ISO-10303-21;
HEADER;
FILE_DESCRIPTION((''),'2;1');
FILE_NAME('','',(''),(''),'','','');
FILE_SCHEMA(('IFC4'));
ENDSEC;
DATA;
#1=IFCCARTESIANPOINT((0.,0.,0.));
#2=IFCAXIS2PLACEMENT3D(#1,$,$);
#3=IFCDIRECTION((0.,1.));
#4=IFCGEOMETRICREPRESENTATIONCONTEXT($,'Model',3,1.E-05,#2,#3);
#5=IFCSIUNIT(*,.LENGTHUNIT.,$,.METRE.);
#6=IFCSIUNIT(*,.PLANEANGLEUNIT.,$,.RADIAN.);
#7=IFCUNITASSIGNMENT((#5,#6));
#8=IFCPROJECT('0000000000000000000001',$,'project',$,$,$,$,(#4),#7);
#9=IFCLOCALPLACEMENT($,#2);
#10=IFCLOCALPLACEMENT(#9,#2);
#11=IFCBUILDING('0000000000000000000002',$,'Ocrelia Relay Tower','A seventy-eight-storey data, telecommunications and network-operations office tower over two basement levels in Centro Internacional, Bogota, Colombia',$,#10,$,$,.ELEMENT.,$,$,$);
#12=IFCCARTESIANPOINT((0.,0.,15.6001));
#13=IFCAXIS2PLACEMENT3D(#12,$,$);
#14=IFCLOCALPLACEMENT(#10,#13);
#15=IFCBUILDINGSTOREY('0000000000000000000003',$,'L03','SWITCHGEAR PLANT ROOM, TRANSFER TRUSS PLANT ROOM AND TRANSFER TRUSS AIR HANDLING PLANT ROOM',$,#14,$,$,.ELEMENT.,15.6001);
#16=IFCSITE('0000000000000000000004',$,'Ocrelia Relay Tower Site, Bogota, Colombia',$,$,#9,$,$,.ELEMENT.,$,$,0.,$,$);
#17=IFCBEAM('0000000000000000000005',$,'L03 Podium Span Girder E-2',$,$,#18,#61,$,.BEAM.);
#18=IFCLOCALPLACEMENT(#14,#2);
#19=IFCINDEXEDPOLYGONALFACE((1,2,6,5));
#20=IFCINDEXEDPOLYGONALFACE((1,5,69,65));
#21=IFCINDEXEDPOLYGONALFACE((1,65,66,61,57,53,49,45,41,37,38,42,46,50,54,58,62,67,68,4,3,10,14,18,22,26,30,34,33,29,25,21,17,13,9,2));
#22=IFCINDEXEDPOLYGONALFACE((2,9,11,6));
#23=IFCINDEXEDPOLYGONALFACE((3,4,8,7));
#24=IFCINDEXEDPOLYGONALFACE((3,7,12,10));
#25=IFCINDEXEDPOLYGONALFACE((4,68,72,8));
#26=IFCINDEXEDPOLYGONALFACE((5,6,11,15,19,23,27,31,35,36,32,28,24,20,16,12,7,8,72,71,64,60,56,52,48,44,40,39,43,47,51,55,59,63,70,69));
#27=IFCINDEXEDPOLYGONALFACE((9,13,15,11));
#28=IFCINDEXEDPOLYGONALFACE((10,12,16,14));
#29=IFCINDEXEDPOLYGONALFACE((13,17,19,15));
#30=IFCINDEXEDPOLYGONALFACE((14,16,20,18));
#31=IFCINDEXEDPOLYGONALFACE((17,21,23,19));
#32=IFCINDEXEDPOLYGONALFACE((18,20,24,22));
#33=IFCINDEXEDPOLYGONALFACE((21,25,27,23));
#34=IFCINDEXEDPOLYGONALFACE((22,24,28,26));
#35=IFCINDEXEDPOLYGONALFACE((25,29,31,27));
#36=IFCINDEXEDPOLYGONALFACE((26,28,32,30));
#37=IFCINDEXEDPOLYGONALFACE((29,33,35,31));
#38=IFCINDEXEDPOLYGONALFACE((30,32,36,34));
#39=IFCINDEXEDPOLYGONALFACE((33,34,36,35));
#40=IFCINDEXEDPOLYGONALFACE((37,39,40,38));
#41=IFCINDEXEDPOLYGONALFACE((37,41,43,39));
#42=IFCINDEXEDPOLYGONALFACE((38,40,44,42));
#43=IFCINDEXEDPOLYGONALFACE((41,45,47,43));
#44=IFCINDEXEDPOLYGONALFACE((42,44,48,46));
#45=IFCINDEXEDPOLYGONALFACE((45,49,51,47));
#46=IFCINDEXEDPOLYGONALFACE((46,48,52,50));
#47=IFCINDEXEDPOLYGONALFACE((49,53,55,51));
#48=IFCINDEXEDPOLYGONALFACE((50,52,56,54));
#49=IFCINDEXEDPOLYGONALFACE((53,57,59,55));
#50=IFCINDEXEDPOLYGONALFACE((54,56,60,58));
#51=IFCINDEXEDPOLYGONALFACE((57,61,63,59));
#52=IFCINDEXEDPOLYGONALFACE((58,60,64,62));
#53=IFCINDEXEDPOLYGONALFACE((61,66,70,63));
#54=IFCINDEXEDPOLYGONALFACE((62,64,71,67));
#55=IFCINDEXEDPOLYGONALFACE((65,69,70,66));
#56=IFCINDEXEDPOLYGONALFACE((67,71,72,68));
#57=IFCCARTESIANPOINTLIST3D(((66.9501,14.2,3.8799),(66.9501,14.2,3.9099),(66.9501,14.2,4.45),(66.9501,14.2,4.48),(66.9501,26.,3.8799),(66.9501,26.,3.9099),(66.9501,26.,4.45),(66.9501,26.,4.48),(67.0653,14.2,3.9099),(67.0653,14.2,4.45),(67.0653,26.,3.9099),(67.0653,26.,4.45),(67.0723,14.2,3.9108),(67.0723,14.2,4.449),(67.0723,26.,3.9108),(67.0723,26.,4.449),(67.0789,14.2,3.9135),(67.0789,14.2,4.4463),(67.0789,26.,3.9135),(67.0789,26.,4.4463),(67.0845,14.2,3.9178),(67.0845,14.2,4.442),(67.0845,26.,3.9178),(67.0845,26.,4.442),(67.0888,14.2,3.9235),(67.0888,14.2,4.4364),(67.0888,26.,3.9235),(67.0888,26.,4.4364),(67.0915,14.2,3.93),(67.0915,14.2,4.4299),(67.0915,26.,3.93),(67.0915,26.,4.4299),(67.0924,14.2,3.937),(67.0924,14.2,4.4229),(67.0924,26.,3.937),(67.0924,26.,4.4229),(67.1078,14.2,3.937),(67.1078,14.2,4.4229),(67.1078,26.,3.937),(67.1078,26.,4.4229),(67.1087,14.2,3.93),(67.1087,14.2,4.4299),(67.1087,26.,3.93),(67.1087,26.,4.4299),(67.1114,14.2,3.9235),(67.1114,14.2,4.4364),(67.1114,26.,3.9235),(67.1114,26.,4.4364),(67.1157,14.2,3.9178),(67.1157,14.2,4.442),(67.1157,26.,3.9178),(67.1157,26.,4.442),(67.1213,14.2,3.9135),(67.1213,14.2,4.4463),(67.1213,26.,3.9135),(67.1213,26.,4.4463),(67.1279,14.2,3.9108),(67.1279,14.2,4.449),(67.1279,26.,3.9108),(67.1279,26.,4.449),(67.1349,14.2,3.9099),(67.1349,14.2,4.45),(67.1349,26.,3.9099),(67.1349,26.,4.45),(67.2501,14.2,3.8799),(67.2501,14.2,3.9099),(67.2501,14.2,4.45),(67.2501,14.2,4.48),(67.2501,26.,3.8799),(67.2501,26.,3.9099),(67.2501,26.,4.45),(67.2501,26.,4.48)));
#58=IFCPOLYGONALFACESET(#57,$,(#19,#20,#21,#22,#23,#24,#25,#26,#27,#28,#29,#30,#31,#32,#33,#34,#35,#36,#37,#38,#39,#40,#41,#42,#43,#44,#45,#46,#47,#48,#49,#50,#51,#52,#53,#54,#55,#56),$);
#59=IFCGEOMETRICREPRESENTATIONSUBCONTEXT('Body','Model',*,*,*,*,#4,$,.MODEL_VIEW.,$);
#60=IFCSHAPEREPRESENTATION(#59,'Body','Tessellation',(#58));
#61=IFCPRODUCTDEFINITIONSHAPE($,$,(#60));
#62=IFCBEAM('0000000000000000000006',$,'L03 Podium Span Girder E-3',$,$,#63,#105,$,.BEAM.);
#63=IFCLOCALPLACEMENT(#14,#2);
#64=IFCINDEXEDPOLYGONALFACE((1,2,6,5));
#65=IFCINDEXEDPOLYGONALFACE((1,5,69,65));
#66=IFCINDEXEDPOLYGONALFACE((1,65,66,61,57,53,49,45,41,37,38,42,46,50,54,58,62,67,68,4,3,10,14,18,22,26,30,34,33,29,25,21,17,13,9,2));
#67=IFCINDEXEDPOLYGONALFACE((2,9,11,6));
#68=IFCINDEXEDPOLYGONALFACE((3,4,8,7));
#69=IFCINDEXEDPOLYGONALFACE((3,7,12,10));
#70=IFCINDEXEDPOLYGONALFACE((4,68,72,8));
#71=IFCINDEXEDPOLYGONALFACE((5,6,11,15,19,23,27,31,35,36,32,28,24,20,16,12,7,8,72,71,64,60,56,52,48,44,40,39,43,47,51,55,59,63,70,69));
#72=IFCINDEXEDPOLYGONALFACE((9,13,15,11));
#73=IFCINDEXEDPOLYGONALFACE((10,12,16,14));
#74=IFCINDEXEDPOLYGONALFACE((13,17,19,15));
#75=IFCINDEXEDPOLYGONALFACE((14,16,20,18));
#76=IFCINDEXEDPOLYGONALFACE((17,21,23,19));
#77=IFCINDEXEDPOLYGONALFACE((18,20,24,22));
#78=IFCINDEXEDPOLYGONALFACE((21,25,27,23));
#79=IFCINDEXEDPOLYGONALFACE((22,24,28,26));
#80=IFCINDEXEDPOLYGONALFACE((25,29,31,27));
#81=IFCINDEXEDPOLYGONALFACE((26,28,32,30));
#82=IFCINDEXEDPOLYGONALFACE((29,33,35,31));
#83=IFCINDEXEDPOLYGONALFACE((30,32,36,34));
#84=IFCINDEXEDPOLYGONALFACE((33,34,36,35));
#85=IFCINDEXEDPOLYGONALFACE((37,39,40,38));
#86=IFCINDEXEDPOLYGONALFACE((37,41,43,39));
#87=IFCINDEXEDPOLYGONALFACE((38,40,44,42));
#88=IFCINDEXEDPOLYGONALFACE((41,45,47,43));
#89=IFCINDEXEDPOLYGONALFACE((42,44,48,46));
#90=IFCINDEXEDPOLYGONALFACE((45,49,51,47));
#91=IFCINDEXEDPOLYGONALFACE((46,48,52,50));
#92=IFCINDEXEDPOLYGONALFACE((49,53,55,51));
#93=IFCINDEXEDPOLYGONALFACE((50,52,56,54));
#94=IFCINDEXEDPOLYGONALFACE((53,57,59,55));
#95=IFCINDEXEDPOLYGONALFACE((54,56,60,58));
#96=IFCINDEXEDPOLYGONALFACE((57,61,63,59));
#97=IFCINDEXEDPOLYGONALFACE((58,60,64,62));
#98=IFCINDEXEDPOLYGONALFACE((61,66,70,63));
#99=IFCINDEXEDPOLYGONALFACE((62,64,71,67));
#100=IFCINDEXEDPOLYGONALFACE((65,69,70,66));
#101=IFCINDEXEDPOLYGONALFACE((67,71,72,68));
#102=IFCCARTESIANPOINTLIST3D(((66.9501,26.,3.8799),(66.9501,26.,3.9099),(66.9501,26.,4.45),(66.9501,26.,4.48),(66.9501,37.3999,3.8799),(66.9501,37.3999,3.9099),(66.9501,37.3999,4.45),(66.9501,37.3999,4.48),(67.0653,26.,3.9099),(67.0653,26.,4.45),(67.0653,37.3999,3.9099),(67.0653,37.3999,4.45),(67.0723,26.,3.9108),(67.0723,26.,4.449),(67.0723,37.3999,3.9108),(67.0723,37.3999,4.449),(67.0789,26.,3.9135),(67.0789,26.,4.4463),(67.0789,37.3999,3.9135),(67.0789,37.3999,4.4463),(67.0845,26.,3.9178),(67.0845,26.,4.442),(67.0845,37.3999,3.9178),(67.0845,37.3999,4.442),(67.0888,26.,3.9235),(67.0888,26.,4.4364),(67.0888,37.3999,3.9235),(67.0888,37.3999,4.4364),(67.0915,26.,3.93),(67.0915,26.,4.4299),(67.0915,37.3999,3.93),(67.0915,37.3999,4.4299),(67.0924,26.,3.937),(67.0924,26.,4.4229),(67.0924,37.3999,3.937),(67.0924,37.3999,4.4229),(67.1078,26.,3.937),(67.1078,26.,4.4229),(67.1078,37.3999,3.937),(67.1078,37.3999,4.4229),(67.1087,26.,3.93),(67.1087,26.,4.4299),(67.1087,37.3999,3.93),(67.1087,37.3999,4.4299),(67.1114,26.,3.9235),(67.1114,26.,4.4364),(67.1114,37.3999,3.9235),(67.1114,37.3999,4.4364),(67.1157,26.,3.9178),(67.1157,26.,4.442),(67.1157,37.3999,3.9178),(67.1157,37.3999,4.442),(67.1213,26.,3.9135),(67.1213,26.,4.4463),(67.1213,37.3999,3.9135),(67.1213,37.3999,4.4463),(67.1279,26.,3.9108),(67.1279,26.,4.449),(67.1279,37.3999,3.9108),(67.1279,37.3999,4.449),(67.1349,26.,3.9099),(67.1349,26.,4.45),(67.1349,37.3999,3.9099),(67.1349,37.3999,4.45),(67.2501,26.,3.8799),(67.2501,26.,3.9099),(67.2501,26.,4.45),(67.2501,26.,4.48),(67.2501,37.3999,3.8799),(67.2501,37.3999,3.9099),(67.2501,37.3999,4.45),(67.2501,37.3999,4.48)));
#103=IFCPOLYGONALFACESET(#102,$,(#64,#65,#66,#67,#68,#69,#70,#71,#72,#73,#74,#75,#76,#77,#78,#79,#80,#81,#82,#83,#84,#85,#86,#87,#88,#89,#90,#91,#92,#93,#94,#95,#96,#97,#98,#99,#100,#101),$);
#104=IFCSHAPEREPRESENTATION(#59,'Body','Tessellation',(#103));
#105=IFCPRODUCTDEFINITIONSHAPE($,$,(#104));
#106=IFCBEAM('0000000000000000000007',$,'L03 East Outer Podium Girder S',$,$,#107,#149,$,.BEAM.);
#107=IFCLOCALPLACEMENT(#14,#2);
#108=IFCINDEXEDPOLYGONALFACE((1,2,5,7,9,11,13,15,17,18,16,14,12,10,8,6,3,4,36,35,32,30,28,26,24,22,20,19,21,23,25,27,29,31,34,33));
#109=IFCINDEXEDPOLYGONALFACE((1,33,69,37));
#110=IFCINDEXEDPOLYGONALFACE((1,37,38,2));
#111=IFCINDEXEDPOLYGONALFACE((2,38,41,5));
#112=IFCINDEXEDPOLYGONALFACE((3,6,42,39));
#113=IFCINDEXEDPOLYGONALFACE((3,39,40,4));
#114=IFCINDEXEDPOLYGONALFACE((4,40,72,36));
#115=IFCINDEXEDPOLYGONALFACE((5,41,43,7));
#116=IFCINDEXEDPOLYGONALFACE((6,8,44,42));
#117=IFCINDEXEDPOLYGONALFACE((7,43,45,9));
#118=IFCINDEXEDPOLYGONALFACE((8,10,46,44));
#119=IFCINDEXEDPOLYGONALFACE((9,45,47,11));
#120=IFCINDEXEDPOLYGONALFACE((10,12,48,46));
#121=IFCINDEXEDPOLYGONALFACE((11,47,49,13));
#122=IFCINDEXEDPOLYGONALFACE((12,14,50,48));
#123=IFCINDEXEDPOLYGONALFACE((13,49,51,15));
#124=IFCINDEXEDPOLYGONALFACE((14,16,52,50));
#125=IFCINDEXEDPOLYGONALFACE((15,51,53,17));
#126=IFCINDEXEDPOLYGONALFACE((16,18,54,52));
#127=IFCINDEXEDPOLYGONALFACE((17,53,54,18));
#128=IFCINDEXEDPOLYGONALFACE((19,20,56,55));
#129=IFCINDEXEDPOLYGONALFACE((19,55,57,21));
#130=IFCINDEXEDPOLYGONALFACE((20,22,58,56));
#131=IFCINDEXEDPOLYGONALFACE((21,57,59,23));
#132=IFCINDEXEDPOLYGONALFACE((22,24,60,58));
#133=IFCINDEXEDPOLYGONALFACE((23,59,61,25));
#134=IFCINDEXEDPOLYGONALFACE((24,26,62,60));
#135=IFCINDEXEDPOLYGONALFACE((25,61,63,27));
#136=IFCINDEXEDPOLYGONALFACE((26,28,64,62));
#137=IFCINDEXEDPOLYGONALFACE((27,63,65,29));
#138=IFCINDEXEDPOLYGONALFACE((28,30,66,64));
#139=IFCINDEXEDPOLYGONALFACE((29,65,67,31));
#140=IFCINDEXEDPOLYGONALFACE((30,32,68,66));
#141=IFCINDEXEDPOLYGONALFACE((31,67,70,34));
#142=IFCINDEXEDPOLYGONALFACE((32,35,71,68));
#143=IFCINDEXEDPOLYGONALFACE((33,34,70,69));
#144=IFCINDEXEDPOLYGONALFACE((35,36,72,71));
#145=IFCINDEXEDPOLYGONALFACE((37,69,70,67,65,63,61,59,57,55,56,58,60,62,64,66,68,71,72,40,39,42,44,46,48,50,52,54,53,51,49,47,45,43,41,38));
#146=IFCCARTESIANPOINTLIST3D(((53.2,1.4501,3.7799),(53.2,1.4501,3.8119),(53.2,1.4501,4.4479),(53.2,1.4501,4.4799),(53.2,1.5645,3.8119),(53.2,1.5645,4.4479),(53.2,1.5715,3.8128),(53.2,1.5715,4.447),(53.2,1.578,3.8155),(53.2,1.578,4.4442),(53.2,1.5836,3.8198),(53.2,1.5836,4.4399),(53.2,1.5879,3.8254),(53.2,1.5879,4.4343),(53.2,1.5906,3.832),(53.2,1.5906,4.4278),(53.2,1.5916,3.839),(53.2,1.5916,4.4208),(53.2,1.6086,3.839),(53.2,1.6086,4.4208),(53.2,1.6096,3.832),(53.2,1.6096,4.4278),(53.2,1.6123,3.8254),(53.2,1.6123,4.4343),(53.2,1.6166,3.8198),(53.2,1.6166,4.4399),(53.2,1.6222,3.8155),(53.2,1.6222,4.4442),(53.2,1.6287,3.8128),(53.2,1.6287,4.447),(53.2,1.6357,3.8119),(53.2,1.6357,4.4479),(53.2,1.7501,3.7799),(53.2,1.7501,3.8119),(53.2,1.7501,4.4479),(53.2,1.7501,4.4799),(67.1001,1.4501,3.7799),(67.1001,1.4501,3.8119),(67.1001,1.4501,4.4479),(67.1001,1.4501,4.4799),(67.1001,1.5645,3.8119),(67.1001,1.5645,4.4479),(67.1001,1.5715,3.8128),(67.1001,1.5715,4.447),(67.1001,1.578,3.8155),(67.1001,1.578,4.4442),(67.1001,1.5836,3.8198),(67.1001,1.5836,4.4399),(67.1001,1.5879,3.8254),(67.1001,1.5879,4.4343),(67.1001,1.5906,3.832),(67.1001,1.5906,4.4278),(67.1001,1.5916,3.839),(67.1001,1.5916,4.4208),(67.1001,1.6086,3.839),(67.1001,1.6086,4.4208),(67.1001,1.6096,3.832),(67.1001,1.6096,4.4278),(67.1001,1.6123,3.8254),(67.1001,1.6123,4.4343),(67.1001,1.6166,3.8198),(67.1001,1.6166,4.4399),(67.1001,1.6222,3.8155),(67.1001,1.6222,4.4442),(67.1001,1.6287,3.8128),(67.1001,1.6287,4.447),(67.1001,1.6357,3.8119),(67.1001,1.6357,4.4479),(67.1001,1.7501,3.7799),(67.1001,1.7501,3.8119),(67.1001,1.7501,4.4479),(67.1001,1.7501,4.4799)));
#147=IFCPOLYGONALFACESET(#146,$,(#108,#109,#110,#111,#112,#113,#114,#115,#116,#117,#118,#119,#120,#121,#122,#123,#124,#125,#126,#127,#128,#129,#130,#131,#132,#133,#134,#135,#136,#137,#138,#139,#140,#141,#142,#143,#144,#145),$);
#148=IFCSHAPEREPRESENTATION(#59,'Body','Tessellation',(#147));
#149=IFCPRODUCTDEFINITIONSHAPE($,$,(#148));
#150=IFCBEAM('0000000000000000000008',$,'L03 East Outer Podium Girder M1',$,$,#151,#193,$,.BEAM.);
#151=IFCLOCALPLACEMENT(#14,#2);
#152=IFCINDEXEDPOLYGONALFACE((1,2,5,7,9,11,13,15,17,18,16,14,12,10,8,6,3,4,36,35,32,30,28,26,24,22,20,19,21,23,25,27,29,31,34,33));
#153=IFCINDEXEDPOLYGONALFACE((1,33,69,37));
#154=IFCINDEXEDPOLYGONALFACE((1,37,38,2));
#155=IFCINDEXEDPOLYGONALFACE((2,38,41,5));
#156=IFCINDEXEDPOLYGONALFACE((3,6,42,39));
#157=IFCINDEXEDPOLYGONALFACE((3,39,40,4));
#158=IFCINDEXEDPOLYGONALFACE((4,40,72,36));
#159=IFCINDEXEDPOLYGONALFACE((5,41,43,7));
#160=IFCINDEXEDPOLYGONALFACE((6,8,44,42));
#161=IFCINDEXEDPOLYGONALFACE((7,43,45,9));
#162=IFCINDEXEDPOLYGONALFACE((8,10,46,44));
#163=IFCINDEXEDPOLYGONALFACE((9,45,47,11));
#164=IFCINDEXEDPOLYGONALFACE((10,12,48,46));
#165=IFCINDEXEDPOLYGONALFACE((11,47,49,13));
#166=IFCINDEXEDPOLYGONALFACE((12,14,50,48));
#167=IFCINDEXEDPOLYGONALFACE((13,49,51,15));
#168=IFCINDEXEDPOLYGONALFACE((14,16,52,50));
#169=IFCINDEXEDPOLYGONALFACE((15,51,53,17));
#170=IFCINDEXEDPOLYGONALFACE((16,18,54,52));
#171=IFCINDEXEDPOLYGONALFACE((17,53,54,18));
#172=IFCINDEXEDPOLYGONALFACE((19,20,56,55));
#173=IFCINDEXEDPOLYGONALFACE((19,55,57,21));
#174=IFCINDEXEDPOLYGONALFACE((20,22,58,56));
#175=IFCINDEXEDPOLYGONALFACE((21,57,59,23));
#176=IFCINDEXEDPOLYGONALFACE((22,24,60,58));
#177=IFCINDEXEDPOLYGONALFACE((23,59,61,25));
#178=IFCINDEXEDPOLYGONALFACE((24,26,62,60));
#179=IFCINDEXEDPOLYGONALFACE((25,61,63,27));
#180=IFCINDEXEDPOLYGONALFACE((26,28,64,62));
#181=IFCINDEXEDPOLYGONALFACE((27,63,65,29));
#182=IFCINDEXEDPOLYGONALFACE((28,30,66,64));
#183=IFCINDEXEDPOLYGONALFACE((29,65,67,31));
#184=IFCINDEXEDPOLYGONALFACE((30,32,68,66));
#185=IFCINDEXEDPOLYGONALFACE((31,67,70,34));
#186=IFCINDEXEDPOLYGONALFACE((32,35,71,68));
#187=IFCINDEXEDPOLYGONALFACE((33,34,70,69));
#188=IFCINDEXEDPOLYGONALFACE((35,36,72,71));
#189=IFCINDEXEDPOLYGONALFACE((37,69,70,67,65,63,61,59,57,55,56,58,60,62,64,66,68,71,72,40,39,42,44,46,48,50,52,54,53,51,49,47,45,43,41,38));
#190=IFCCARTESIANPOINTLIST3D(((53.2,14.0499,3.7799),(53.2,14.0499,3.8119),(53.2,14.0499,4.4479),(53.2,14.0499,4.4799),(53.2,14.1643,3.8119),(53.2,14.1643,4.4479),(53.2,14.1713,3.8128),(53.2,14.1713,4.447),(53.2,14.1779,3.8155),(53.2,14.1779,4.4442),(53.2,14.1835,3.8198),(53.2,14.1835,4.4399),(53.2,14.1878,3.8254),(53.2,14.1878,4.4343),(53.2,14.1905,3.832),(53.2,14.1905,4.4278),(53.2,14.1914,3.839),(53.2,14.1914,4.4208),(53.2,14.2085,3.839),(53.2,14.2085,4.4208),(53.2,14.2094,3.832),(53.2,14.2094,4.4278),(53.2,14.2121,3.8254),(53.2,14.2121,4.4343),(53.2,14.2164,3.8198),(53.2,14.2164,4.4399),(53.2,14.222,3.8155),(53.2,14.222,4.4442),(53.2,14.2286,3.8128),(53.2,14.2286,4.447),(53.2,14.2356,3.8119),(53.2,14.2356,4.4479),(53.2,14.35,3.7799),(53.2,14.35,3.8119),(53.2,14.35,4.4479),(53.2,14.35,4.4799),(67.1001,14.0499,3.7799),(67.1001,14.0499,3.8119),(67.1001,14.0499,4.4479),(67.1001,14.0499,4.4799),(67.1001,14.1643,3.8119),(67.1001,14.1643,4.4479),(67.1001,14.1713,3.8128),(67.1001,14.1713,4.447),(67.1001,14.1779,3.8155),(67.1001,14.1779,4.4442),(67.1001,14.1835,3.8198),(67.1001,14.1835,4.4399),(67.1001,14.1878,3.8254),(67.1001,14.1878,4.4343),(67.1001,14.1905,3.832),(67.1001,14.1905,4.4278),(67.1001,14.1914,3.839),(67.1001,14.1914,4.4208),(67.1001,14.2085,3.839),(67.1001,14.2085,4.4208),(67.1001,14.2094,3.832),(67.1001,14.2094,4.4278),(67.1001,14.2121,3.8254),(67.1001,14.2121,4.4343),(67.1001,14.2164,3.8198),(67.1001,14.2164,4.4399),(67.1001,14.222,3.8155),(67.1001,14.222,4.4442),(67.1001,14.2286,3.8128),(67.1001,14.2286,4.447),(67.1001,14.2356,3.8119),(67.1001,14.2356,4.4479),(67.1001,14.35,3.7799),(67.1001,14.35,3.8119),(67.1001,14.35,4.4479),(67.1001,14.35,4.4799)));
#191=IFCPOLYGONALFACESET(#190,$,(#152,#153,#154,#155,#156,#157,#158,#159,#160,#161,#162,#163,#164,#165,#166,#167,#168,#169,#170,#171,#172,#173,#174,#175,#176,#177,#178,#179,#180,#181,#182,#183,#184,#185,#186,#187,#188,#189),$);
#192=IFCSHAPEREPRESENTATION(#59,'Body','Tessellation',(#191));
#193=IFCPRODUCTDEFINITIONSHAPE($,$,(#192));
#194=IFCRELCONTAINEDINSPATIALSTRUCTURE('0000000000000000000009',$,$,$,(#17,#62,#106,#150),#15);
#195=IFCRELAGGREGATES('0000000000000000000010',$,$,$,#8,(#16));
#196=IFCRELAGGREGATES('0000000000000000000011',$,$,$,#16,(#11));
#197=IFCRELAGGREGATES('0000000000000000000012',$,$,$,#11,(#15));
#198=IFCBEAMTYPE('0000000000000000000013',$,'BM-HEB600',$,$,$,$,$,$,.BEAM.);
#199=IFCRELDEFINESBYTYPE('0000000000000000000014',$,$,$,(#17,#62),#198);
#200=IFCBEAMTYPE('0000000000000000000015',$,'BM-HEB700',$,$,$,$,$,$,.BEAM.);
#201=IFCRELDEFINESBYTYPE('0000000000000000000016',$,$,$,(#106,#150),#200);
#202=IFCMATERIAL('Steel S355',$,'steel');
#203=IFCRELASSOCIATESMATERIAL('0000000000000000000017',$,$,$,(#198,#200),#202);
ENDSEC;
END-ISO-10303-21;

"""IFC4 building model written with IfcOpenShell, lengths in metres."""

from ifc_helpers import new_model, si_unit, direction, frame, origin, origin_2d, place, context, subcontext, project, spatial, i_section, extrude, material, material_profile, profile_set, type_object, element, save


model = new_model("IFC4")

# Units and contexts
model_context = context("Model", 3, precision=1e-05, world=origin(), true_north=direction((0.0, 1.0)))
body_context = subcontext(model_context, "Body", "Model", "MODEL_VIEW")
ifc_project = project(units=[si_unit("LENGTHUNIT", "METRE"), si_unit("PLANEANGLEUNIT", "RADIAN")], contexts=[model_context])

# Site, building, storey
site_placement = place(None, origin())
site = spatial("IfcSite", under=ifc_project, at=site_placement, Name="Ocrelia Relay Tower Site, Bogota, Colombia", CompositionType="ELEMENT", RefElevation=0.0)
building_placement = place(site_placement, origin())
building = spatial("IfcBuilding", under=site, at=building_placement, Name="Ocrelia Relay Tower", Description="A seventy-eight-storey data, telecommunications and network-operations office tower over two basement levels in Centro Internacional, Bogota, Colombia", CompositionType="ELEMENT")
storey_placement = place(building_placement, frame((0.0, 0.0, 15.6001)))
storey = spatial("IfcBuildingStorey", under=building, at=storey_placement, Name="L03", Description="SWITCHGEAR PLANT ROOM, TRANSFER TRUSS PLANT ROOM AND TRANSFER TRUSS AIR HANDLING PLANT ROOM", CompositionType="ELEMENT", Elevation=15.6001)

# Beams
ifc_material_1 = material(Name="Steel S355", Category="steel")
ifc_material_profile_1 = material_profile(ifc_material_1, i_section(OverallWidth=0.3, OverallDepth=0.6001, WebThickness=0.0154, FlangeThickness=0.03, FilletRadius=0.0271, at=origin_2d()), Name="HEB 600")
ifc_profile_set_1 = profile_set([ifc_material_profile_1], Name="Steel S355")
beam_type_1 = type_object("IfcBeamType", Name="BM-HEB600", PredefinedType="BEAM", material=ifc_profile_set_1)
beam_1_placement = place(storey_placement, frame((67.1001, 14.2, 4.1799), z_axis=(0.0, 1.0, 0.0), x_axis=(-1.0, 0.0, 0.0)))
element("IfcBeam", 1, at=beam_1_placement, inside=storey, type_object=beam_type_1, Name="L03 Podium Span Girder E-2", PredefinedType="BEAM", context=body_context, shape_type="SweptSolid", body=[
    extrude(i_section(OverallWidth=0.3, OverallDepth=0.6001, WebThickness=0.0154, FlangeThickness=0.03, FilletRadius=0.0271, at=origin_2d()), origin(), (0.0, 0.0, 1.0), 11.8),
])
beam_2_placement = place(storey_placement, frame((67.1001, 26.0, 4.1799), z_axis=(0.0, 1.0, 0.0), x_axis=(-1.0, 0.0, 0.0)))
element("IfcBeam", 2, at=beam_2_placement, inside=storey, type_object=beam_type_1, Name="L03 Podium Span Girder E-3", PredefinedType="BEAM", context=body_context, shape_type="SweptSolid", body=[
    extrude(i_section(OverallWidth=0.3, OverallDepth=0.6001, WebThickness=0.0154, FlangeThickness=0.03, FilletRadius=0.0271, at=origin_2d()), origin(), (0.0, 0.0, 1.0), 11.3999),
])
ifc_material_profile_2 = material_profile(ifc_material_1, i_section(OverallWidth=0.3, OverallDepth=0.7, WebThickness=0.0171, FlangeThickness=0.032, FilletRadius=0.0271, at=origin_2d()), Name="HEB 700")
ifc_profile_set_2 = profile_set([ifc_material_profile_2], Name="Steel S355")
beam_type_2 = type_object("IfcBeamType", Name="BM-HEB700", PredefinedType="BEAM", material=ifc_profile_set_2)
for number, where, z_axis, x_axis, name in (
    (3, (53.2, 1.6001, 4.1299), (1.0, 0.0, 0.0), (0.0, 1.0, 0.0), "L03 East Outer Podium Girder S"),
    (4, (53.2, 14.2, 4.1299), (1.0, 0.0, 0.0), (0.0, 1.0, 0.0), "L03 East Outer Podium Girder M1"),
):
    element("IfcBeam", number, at=place(storey_placement, frame(where, z_axis=z_axis, x_axis=x_axis)), inside=storey, type_object=beam_type_2, Name=name, PredefinedType="BEAM", context=body_context, shape_type="SweptSolid", body=[
        extrude(i_section(OverallWidth=0.3, OverallDepth=0.7, WebThickness=0.0171, FlangeThickness=0.032, FilletRadius=0.0271, at=origin_2d()), origin(), (0.0, 0.0, 1.0), 13.9001),
    ])

save(model, "model.ifc")
